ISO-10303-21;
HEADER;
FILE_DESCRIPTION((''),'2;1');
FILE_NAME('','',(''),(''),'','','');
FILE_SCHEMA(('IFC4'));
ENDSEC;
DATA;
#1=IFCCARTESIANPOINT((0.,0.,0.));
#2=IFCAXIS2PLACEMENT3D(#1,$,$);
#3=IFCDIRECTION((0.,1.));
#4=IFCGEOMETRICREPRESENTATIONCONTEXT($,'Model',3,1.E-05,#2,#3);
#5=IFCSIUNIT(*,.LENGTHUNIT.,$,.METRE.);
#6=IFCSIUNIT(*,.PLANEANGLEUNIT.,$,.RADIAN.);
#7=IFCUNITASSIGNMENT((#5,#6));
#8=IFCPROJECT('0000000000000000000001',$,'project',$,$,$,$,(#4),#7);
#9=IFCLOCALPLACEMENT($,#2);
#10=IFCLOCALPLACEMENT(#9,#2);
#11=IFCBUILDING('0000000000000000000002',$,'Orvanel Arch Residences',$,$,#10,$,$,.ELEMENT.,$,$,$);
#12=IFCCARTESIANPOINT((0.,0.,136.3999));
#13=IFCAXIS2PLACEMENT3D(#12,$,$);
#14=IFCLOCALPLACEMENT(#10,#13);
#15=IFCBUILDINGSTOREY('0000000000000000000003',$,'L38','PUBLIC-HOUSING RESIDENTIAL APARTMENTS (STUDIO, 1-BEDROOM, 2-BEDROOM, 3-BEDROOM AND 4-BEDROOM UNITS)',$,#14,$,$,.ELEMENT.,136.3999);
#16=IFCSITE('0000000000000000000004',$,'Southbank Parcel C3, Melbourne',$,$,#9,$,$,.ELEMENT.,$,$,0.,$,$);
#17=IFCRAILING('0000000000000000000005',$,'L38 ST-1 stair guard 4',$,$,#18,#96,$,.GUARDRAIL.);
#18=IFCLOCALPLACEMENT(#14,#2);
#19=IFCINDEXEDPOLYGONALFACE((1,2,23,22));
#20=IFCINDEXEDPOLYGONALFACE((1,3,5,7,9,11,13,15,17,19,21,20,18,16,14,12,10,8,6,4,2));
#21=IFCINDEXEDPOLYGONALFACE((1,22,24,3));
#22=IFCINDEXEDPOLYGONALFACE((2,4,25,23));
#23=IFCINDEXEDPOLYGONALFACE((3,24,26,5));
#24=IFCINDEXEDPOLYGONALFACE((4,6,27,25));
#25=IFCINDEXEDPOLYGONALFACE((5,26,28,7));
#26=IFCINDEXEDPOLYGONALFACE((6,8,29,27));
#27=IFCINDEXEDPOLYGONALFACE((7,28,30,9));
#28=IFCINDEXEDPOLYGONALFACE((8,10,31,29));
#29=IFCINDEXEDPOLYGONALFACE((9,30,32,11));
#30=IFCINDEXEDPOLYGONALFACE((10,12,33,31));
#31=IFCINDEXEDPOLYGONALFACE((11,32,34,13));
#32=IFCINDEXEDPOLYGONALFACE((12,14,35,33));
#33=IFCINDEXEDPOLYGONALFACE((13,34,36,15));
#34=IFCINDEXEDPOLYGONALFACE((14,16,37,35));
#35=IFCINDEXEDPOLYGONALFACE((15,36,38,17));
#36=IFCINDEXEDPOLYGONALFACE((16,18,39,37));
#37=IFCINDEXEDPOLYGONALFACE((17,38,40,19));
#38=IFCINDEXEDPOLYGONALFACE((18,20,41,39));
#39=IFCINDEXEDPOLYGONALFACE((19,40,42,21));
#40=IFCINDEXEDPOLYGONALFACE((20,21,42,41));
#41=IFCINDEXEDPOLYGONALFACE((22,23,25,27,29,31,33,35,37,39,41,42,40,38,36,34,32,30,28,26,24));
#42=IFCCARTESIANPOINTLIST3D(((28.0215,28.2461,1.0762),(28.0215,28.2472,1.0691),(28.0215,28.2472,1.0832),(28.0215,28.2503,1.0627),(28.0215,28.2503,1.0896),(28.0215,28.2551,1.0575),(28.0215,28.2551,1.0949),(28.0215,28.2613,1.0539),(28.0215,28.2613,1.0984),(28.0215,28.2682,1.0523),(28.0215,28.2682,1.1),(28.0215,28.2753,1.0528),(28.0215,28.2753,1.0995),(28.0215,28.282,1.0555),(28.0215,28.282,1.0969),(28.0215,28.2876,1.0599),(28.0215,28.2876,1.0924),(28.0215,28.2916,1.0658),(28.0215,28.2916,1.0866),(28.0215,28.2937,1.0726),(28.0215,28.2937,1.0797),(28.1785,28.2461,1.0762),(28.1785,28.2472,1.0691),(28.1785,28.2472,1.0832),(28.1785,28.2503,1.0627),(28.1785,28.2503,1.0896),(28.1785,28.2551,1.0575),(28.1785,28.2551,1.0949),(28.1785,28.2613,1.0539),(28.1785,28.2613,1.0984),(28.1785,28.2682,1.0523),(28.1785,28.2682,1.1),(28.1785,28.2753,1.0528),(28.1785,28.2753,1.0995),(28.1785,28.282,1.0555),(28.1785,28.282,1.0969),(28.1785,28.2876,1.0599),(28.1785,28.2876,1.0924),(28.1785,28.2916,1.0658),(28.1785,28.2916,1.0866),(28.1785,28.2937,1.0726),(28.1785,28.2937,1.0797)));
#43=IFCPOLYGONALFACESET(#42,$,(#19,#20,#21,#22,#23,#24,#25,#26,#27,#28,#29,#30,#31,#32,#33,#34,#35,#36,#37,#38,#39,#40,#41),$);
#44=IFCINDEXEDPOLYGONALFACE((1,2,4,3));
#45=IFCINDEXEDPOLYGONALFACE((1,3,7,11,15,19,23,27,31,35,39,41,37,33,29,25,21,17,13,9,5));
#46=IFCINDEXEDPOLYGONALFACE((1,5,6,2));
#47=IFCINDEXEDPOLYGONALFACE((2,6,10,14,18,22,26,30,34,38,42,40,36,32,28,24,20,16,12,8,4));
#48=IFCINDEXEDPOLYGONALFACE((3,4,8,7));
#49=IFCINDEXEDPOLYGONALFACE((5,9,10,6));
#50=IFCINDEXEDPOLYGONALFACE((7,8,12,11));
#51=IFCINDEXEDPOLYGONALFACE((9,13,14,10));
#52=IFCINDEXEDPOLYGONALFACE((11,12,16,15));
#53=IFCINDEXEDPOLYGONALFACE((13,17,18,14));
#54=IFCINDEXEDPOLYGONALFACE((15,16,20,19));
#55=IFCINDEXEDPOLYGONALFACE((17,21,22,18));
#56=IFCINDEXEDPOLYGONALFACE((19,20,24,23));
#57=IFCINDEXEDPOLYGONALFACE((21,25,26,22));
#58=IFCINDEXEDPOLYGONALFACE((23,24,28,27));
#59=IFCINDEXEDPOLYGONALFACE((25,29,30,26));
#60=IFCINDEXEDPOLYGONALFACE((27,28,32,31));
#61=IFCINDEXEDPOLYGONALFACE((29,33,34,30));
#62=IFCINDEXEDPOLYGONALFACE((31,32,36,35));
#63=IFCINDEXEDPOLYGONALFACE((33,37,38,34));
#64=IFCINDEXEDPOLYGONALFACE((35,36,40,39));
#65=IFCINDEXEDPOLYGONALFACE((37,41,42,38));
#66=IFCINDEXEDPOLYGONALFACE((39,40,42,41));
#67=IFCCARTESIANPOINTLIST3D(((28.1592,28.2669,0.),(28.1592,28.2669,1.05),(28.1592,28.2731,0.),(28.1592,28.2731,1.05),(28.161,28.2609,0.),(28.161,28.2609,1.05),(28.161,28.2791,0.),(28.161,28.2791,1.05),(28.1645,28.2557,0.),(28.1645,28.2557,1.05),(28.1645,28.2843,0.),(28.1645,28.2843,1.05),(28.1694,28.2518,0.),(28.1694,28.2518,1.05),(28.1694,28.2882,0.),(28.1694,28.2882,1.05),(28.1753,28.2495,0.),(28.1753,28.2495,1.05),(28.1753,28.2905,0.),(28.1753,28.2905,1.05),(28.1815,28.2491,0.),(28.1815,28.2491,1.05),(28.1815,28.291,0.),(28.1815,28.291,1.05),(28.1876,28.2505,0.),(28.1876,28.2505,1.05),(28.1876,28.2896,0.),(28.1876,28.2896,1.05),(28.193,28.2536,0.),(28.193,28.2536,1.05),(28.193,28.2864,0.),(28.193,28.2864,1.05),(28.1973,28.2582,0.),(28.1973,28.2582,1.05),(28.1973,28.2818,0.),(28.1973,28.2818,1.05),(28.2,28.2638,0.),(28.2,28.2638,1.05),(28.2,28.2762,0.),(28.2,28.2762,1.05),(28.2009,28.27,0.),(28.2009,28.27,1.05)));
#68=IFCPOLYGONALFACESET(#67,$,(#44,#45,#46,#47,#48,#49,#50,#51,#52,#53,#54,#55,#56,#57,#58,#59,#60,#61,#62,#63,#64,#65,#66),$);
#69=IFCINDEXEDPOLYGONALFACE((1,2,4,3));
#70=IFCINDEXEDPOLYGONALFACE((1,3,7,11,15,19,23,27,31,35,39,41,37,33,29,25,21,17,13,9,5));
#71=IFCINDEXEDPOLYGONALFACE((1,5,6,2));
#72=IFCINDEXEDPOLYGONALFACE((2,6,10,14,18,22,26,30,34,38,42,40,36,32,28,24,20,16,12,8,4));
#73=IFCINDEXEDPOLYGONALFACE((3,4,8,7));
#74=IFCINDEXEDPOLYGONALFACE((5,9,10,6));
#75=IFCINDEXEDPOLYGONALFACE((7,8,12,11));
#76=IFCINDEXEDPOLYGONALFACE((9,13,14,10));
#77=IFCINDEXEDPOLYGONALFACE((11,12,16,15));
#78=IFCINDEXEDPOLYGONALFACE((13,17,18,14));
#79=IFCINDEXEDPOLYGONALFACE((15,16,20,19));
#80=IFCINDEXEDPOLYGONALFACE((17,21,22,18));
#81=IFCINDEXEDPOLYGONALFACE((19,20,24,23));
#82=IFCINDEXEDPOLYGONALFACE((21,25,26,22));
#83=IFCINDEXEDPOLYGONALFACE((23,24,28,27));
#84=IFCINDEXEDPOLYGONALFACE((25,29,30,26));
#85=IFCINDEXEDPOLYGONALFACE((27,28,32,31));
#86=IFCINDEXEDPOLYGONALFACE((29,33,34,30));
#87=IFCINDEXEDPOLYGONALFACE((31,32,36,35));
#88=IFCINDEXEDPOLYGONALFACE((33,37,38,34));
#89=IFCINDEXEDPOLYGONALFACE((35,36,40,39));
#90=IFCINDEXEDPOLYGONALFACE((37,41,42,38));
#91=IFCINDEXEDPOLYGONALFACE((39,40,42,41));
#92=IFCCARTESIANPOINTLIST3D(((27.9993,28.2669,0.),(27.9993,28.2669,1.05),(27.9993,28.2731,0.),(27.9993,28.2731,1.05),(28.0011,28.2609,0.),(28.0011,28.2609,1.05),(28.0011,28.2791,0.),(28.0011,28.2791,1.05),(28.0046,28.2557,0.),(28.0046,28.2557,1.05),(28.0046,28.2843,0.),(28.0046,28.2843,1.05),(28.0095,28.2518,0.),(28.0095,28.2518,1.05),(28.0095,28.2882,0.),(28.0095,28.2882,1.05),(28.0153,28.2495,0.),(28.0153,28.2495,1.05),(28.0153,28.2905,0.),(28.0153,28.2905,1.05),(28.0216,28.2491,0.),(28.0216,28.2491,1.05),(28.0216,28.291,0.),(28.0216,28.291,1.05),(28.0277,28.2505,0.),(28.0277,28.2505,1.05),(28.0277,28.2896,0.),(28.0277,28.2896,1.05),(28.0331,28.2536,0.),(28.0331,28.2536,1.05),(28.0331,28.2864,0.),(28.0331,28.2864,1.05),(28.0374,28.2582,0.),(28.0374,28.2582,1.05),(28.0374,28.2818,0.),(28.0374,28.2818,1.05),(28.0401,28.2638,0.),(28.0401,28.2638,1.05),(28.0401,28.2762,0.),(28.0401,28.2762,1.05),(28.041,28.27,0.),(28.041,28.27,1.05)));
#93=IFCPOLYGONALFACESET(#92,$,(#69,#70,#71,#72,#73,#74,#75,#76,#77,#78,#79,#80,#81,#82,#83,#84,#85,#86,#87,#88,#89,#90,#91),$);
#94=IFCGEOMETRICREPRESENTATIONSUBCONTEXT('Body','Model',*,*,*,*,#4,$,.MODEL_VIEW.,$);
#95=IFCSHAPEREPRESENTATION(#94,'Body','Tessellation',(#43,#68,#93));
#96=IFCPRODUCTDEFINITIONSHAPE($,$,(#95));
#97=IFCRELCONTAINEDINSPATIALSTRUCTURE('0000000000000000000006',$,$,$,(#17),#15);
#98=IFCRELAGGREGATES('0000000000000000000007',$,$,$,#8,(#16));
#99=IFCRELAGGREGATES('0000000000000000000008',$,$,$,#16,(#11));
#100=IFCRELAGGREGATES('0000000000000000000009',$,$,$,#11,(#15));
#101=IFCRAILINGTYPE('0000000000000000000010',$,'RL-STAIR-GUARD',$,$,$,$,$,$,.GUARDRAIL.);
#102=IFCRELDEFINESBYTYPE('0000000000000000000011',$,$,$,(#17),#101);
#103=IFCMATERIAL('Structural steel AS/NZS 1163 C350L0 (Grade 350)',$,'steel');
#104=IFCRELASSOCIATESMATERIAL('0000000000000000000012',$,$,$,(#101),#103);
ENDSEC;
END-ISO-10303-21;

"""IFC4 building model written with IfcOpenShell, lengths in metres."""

from ifc_helpers import new_model, si_unit, direction, frame, origin, origin_2d, place, context, subcontext, project, spatial, circle, extrude, material, type_object, element, save


model = new_model("IFC4")

# Units and contexts
model_context = context("Model", 3, precision=1e-05, world=origin(), true_north=direction((0.0, 1.0)))
body_context = subcontext(model_context, "Body", "Model", "MODEL_VIEW")
ifc_project = project(units=[si_unit("LENGTHUNIT", "METRE"), si_unit("PLANEANGLEUNIT", "RADIAN")], contexts=[model_context])

# Site, building, storey
site_placement = place(None, origin())
site = spatial("IfcSite", under=ifc_project, at=site_placement, Name="Southbank Parcel C3, Melbourne", CompositionType="ELEMENT", RefElevation=0.0)
building_placement = place(site_placement, origin())
building = spatial("IfcBuilding", under=site, at=building_placement, Name="Orvanel Arch Residences", CompositionType="ELEMENT")
storey_placement = place(building_placement, frame((0.0, 0.0, 136.3999)))
storey = spatial("IfcBuildingStorey", under=building, at=storey_placement, Name="L38", Description="PUBLIC-HOUSING RESIDENTIAL APARTMENTS (STUDIO, 1-BEDROOM, 2-BEDROOM, 3-BEDROOM AND 4-BEDROOM UNITS)", CompositionType="ELEMENT", Elevation=136.3999)

# Railing
ifc_material_1 = material(Name="Structural steel AS/NZS 1163 C350L0 (Grade 350)", Category="steel")
railing_type_1 = type_object("IfcRailingType", Name="RL-STAIR-GUARD", PredefinedType="GUARDRAIL", material=ifc_material_1)
railing_1_placement = place(storey_placement, frame((28.1799, 28.27, 0.0)))
element("IfcRailing", 1, at=railing_1_placement, inside=storey, type_object=railing_type_1, Name="L38 ST-1 stair guard 4", PredefinedType="GUARDRAIL", context=body_context, shape_type="SweptSolid", body=[
    extrude(circle(Radius=0.0239, at=origin_2d()), frame((-0.0015, 0.0, 1.0762), z_axis=(-1.0, 0.0, 0.0), x_axis=(0.0, -1.0, 0.0)), (0.0, 0.0, 1.0), 0.157),
    extrude(circle(Radius=0.021, at=origin_2d()), origin(), (0.0, 0.0, 1.0), 1.05),
    extrude(circle(Radius=0.021, at=origin_2d()), frame((-0.1599, 0.0, 0.0)), (0.0, 0.0, 1.0), 1.05),
])

save(model, "model.ifc")
